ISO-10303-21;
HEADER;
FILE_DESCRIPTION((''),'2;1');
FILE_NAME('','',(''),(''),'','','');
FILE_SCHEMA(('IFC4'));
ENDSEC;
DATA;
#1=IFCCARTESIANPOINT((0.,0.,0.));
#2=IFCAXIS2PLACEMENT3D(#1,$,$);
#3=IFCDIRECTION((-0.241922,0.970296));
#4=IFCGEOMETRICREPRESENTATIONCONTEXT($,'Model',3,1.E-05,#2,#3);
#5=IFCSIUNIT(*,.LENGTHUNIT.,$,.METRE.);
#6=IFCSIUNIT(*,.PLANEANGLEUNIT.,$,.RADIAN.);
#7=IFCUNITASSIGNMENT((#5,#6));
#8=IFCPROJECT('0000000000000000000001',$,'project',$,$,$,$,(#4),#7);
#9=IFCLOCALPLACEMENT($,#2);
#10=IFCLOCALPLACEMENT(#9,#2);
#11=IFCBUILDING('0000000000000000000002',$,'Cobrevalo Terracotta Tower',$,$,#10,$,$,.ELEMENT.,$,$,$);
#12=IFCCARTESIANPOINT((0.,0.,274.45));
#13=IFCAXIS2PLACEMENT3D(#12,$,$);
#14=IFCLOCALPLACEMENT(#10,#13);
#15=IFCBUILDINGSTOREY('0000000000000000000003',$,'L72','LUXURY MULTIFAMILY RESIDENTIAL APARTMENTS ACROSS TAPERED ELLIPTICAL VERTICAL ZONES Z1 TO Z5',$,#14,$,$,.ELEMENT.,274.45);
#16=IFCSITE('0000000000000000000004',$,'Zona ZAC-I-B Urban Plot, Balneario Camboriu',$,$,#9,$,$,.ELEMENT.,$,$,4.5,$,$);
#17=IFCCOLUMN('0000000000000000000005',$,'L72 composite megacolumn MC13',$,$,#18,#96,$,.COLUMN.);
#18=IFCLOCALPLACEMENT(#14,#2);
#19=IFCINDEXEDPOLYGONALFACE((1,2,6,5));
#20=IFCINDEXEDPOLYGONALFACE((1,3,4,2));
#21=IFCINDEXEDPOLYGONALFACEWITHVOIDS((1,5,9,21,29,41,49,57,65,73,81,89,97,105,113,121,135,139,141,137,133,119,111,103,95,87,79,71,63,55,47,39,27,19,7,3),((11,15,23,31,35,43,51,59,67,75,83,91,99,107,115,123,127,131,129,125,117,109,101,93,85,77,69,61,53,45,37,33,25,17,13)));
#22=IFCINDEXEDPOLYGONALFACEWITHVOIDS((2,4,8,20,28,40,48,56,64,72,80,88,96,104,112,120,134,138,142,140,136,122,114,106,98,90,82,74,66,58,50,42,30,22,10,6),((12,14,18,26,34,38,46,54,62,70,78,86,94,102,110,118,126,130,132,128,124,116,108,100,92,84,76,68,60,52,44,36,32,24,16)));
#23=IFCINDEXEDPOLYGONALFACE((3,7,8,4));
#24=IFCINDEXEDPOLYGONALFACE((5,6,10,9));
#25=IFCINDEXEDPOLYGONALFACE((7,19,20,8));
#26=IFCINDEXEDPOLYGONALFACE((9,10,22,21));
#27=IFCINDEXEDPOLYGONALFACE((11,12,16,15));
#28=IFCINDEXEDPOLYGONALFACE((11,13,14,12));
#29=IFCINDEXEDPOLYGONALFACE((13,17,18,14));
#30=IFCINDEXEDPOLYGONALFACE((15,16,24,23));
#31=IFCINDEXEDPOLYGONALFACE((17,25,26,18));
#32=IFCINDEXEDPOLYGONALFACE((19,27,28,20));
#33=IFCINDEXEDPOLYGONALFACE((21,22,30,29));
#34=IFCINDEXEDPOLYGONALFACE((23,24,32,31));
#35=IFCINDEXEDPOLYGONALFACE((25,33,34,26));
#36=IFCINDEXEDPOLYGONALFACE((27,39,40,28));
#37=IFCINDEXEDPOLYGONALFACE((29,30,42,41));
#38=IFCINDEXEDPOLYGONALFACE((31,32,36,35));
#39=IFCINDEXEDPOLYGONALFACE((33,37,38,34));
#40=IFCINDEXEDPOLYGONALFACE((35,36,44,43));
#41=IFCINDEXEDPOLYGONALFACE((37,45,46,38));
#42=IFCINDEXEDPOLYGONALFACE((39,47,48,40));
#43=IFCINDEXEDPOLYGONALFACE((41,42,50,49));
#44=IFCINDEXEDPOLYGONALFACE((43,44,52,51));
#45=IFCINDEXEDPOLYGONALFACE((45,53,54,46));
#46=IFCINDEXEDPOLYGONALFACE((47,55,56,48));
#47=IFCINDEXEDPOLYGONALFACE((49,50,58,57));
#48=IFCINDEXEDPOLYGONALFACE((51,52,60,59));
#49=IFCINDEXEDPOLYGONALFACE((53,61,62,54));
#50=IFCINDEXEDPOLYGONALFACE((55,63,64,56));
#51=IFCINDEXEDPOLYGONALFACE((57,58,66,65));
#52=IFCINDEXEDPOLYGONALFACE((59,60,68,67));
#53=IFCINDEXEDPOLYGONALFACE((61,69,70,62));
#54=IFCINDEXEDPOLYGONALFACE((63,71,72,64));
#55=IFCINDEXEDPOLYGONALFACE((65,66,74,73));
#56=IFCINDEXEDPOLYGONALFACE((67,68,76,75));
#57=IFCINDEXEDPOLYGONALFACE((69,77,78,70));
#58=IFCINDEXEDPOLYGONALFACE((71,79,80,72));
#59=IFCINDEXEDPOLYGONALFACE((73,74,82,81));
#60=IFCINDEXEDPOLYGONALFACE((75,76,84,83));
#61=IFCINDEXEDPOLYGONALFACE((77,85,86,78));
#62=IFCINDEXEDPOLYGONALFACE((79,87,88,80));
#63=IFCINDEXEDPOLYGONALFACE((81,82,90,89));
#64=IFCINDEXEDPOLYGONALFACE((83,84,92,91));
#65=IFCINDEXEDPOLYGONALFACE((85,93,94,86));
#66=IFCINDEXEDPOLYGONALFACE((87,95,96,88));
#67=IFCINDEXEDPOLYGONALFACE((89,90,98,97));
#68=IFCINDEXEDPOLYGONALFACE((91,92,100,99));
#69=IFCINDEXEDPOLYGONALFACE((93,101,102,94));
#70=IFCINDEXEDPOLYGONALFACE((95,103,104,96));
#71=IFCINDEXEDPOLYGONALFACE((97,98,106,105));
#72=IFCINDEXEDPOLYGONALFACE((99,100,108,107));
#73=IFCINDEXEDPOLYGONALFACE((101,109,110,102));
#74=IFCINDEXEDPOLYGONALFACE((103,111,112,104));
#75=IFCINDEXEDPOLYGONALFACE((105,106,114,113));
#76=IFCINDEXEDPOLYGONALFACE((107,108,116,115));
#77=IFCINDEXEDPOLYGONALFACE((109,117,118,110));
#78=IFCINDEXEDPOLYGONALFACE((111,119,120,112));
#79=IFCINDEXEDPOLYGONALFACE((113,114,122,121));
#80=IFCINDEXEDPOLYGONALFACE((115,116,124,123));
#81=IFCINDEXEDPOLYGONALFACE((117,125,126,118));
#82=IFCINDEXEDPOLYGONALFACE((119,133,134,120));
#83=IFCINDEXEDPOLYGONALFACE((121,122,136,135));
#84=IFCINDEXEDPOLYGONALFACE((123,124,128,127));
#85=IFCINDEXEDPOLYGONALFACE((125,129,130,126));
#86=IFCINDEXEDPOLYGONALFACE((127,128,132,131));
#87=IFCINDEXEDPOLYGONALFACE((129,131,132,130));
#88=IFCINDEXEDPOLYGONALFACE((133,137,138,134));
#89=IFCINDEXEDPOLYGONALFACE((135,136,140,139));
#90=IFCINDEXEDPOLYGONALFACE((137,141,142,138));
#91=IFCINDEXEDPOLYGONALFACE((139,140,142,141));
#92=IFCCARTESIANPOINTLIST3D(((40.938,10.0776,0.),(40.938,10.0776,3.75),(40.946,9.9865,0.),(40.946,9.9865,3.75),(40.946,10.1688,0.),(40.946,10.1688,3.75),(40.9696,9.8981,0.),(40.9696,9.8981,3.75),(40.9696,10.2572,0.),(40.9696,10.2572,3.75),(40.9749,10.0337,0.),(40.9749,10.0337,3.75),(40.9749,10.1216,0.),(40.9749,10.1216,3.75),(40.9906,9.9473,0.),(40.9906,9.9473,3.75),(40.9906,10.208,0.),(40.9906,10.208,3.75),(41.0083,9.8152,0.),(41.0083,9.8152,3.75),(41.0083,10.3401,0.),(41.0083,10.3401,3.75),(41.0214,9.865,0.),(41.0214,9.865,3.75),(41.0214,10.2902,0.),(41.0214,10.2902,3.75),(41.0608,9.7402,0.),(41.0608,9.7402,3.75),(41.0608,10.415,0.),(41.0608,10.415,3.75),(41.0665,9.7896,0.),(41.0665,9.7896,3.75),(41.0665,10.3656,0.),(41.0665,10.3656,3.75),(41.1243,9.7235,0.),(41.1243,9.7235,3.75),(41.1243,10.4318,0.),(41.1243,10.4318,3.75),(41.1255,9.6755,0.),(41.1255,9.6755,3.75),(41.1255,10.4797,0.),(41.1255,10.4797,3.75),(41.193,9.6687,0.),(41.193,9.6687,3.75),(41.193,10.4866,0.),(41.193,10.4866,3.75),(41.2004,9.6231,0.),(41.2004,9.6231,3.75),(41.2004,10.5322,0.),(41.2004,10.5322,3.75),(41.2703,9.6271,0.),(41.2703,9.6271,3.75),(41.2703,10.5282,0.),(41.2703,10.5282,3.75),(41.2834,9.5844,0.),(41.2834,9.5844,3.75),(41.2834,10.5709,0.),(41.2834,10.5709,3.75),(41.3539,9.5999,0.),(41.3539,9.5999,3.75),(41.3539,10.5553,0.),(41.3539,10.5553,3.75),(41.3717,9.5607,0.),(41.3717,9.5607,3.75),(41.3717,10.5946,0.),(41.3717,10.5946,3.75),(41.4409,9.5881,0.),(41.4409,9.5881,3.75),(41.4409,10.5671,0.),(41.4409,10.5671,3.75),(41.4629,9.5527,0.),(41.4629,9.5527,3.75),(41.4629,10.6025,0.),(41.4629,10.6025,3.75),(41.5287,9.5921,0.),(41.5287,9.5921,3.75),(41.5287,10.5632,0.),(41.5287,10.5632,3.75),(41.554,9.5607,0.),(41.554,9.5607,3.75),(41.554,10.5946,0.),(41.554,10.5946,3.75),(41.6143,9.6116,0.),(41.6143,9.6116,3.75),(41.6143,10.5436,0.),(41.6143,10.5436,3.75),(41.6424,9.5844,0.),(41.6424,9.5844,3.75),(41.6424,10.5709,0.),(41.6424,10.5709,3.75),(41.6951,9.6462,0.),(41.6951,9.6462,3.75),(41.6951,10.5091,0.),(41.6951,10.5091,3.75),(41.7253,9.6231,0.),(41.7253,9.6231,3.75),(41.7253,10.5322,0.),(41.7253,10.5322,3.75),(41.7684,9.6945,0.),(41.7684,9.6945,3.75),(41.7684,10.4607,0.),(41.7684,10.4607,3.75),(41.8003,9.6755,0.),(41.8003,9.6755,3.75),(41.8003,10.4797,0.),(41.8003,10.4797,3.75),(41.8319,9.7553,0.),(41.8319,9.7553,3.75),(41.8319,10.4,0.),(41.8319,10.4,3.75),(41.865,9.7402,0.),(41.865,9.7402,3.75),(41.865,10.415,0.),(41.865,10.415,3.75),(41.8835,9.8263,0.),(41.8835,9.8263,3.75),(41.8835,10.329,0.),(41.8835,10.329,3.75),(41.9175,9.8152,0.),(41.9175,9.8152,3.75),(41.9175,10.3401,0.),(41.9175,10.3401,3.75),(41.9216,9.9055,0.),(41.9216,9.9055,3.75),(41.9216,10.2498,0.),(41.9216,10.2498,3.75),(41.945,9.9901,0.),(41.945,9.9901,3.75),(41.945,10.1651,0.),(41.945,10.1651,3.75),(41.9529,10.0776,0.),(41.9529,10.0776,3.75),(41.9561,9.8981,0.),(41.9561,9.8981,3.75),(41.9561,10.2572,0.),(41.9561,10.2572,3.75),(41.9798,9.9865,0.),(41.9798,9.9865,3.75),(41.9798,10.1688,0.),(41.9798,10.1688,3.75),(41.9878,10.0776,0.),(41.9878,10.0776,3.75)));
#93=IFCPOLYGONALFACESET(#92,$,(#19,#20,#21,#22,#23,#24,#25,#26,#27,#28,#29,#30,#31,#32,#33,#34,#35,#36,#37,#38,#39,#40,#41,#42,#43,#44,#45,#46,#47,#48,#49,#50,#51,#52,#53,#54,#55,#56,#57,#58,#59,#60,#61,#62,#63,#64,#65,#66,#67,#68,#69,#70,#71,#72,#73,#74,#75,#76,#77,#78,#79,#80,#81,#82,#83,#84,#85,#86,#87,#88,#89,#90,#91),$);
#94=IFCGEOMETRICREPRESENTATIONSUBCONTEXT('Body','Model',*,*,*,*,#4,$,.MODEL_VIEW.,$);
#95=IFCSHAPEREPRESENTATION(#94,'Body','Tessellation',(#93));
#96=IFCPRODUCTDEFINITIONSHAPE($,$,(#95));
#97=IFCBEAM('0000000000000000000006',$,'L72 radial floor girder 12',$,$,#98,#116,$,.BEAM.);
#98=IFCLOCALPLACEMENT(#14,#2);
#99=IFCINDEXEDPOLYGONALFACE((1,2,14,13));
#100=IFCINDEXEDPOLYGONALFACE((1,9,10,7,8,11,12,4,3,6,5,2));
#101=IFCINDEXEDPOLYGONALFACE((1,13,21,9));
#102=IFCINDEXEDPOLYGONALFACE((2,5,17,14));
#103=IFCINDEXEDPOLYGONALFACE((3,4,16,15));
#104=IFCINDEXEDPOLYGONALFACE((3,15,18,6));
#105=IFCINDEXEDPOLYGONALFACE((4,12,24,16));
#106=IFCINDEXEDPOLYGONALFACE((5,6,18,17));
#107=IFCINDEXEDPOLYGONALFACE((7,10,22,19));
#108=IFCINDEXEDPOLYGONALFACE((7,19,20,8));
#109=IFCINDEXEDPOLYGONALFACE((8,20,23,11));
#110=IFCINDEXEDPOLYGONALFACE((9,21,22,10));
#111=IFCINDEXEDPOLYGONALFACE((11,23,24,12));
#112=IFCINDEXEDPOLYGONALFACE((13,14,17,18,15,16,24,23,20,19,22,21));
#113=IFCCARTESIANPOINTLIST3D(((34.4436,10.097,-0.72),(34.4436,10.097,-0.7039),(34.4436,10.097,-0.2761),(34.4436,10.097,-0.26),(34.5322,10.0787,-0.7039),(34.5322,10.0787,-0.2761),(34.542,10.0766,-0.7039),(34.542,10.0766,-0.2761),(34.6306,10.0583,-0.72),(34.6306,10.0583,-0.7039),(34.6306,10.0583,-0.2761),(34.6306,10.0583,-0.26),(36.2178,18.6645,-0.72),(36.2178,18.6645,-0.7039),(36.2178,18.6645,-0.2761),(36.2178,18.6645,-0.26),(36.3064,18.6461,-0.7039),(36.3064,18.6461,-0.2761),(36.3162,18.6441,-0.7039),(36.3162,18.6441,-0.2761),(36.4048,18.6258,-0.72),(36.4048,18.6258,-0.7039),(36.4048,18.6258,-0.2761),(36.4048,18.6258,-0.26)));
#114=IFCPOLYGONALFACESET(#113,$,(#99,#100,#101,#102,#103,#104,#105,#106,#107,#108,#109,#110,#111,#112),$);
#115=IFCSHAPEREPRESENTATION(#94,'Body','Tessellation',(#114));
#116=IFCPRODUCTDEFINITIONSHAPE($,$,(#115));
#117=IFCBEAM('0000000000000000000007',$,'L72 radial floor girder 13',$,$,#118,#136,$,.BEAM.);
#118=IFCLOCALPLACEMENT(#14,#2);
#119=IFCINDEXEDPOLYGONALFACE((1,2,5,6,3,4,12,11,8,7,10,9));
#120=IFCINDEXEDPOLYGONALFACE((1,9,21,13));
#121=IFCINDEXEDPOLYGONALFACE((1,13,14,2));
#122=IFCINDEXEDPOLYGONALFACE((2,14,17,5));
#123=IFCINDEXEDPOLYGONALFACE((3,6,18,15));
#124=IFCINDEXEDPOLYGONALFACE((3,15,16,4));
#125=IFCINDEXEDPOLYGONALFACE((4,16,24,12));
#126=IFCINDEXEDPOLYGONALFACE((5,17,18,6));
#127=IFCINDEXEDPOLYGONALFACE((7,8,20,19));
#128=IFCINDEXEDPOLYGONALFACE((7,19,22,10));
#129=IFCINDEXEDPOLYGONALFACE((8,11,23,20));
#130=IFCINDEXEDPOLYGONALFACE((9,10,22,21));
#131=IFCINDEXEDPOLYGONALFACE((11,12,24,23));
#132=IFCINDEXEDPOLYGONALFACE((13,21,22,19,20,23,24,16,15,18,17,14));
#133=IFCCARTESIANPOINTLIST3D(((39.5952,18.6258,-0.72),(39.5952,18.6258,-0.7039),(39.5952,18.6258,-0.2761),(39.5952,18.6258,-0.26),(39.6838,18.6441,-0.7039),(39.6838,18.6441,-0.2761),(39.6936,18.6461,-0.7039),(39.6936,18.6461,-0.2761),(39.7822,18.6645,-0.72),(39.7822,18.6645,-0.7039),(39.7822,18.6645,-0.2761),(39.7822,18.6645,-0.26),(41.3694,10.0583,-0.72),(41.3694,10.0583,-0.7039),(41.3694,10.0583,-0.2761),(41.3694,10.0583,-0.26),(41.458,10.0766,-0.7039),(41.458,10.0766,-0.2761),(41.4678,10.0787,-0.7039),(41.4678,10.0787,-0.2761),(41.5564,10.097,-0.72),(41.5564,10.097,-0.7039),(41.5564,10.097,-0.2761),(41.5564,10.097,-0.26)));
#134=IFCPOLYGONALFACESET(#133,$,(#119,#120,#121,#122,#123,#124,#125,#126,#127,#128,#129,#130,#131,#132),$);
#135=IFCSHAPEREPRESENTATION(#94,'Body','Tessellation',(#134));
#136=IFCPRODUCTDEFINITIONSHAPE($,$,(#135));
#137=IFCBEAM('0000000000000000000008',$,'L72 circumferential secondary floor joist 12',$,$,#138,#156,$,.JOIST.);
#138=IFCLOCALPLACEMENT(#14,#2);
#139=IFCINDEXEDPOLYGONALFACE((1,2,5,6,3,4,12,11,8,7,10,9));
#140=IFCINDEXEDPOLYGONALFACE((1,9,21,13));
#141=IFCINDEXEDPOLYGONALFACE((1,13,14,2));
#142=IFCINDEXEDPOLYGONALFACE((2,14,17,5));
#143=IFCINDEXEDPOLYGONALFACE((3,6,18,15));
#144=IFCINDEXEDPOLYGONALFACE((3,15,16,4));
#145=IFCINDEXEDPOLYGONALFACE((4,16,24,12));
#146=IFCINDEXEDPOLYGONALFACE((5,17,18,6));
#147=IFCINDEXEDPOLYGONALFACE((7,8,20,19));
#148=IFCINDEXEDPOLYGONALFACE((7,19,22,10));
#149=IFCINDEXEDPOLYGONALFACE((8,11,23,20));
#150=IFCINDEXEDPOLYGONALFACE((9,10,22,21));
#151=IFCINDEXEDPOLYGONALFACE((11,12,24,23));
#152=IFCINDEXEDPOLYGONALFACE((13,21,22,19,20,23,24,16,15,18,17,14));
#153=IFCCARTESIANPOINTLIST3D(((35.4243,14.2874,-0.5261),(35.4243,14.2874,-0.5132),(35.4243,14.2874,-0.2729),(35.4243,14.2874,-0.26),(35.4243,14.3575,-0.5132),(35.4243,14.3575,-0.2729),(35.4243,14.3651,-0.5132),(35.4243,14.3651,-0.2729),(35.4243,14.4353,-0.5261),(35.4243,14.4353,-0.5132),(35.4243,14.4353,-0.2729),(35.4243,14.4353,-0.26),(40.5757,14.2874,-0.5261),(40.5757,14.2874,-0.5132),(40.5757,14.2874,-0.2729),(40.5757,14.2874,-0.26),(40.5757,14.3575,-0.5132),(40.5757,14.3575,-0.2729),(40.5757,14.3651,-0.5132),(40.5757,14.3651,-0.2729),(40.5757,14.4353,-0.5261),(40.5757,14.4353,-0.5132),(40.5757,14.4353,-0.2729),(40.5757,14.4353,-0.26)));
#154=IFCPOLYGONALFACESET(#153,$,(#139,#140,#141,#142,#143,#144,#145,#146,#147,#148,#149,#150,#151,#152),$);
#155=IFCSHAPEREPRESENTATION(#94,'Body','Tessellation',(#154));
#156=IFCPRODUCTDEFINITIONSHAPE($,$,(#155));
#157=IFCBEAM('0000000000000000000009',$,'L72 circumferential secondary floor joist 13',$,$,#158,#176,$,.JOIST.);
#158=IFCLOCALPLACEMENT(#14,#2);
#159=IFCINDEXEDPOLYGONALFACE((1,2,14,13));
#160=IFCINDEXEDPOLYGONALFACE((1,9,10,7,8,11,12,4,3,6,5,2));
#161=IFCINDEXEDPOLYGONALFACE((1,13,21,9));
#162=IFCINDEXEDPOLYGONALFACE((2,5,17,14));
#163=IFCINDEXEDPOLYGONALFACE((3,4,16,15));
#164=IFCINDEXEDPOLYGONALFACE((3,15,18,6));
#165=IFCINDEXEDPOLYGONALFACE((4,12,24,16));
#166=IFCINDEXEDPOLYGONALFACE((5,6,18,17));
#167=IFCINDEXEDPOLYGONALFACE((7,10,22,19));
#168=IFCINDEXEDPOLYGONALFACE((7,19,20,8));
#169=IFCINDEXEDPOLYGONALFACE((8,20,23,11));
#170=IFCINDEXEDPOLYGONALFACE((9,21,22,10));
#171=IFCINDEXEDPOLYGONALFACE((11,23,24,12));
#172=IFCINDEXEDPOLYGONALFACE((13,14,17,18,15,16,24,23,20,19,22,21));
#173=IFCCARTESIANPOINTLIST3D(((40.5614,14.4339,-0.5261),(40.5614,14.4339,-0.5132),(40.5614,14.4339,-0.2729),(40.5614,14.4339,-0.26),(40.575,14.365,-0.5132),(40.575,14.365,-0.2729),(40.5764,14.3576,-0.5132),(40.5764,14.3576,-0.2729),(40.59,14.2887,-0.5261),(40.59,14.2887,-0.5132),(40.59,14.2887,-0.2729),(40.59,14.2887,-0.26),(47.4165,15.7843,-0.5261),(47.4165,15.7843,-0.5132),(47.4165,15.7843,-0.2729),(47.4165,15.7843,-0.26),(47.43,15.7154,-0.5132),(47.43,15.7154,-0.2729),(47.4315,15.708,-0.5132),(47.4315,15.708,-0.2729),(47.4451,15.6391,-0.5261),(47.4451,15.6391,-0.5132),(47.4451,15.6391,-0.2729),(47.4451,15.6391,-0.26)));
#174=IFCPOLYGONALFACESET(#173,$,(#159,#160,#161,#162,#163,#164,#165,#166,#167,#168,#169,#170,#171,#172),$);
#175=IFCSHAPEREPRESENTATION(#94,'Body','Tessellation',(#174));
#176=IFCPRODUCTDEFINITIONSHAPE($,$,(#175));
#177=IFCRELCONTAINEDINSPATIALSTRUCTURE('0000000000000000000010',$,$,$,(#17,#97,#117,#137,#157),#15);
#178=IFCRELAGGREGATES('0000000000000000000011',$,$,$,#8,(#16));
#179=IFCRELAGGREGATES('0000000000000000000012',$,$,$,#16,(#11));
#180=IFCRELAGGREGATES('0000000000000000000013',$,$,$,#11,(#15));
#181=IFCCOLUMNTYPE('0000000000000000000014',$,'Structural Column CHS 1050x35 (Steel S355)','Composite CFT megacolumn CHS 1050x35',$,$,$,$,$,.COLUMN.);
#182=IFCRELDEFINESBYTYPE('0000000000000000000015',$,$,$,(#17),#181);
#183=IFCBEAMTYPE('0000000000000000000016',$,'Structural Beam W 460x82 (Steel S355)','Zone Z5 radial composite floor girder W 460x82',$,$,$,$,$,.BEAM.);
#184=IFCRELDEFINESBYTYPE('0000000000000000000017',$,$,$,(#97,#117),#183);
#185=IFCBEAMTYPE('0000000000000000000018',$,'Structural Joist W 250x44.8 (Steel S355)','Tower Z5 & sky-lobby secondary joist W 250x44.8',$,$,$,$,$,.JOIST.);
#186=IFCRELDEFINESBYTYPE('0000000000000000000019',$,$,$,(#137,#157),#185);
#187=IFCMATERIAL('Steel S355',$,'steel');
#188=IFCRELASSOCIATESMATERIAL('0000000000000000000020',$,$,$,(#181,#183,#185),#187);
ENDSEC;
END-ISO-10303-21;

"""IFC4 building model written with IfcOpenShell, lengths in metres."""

from ifc_helpers import new_model, si_unit, direction, frame, origin, origin_2d, place, context, subcontext, project, spatial, hollow_circle, i_section, extrude, material, material_profile, profile_set, type_object, element, save


model = new_model("IFC4")

# Units and contexts
model_context = context("Model", 3, precision=1e-05, world=origin(), true_north=direction((-0.241922, 0.970296)))
body_context = subcontext(model_context, "Body", "Model", "MODEL_VIEW")
ifc_project = project(units=[si_unit("LENGTHUNIT", "METRE"), si_unit("PLANEANGLEUNIT", "RADIAN")], contexts=[model_context])

# Site, building, storey
site_placement = place(None, origin())
site = spatial("IfcSite", under=ifc_project, at=site_placement, Name="Zona ZAC-I-B Urban Plot, Balneario Camboriu", CompositionType="ELEMENT", RefElevation=4.5)
building_placement = place(site_placement, origin())
building = spatial("IfcBuilding", under=site, at=building_placement, Name="Cobrevalo Terracotta Tower", CompositionType="ELEMENT")
storey_placement = place(building_placement, frame((0.0, 0.0, 274.45)))
storey = spatial("IfcBuildingStorey", under=building, at=storey_placement, Name="L72", Description="LUXURY MULTIFAMILY RESIDENTIAL APARTMENTS ACROSS TAPERED ELLIPTICAL VERTICAL ZONES Z1 TO Z5", CompositionType="ELEMENT", Elevation=274.45)

# Column
ifc_material_1 = material(Name="Steel S355", Category="steel")
ifc_material_profile_1 = material_profile(ifc_material_1, hollow_circle(Radius=0.5249, WallThickness=0.0349, at=origin_2d()), Name="CHS 1050x35")
ifc_profile_set_1 = profile_set([ifc_material_profile_1], Name="Steel S355")
column_type = type_object("IfcColumnType", Name="Structural Column CHS 1050x35 (Steel S355)", Description="Composite CFT megacolumn CHS 1050x35", PredefinedType="COLUMN", material=ifc_profile_set_1)
column_placement = place(storey_placement, frame((41.4629, 10.0776, 0.0), z_axis=(0.0, 0.0, 1.0), x_axis=(1.0, 0.0, 0.0)))
element("IfcColumn", 1, at=column_placement, inside=storey, type_object=column_type, Name="L72 composite megacolumn MC13", PredefinedType="COLUMN", context=body_context, shape_type="SweptSolid", body=[
    extrude(hollow_circle(Radius=0.5249, WallThickness=0.0349, at=origin_2d()), origin(), (0.0, 0.0, 1.0), 3.75),
])

# Beams
ifc_material_profile_2 = material_profile(ifc_material_1, i_section(OverallWidth=0.1909, OverallDepth=0.46, WebThickness=0.01, FlangeThickness=0.0161, at=origin_2d()), Name="W 460x82")
ifc_profile_set_2 = profile_set([ifc_material_profile_2], Name="Steel S355")
beam_type_1 = type_object("IfcBeamType", Name="Structural Beam W 460x82 (Steel S355)", Description="Zone Z5 radial composite floor girder W 460x82", PredefinedType="BEAM", material=ifc_profile_set_2)
for number, where, z_axis, x_axis, name in (
    (2, (34.5371, 10.0776, -0.49), (0.202782, 0.979224, 0.0), (-0.979224, 0.202782, 0.0), "L72 radial floor girder 12"),
    (3, (41.4629, 10.0776, -0.49), (-0.202782, 0.979224, 0.0), (-0.979224, -0.202782, 0.0), "L72 radial floor girder 13"),
):
    element("IfcBeam", number, at=place(storey_placement, frame(where, z_axis=z_axis, x_axis=x_axis)), inside=storey, type_object=beam_type_1, Name=name, PredefinedType="BEAM", context=body_context, shape_type="SweptSolid", body=[
        extrude(i_section(OverallWidth=0.1909, OverallDepth=0.46, WebThickness=0.01, FlangeThickness=0.0161, at=origin_2d()), origin(), (0.0, 0.0, 1.0), 8.7493),
    ])
ifc_material_profile_3 = material_profile(ifc_material_1, i_section(OverallWidth=0.1479, OverallDepth=0.2661, WebThickness=0.0076, FlangeThickness=0.0129, at=origin_2d()), Name="W 250x44.8")
ifc_profile_set_3 = profile_set([ifc_material_profile_3], Name="Steel S355")
beam_type_2 = type_object("IfcBeamType", Name="Structural Joist W 250x44.8 (Steel S355)", Description="Tower Z5 & sky-lobby secondary joist W 250x44.8", PredefinedType="JOIST", material=ifc_profile_set_3)
beam_1_placement = place(storey_placement, frame((35.4243, 14.3613, -0.3931), z_axis=(1.0, 0.0, 0.0), x_axis=(0.0, 1.0, 0.0)))
element("IfcBeam", 4, at=beam_1_placement, inside=storey, type_object=beam_type_2, Name="L72 circumferential secondary floor joist 12", PredefinedType="JOIST", context=body_context, shape_type="SweptSolid", body=[
    extrude(i_section(OverallWidth=0.1479, OverallDepth=0.2661, WebThickness=0.0076, FlangeThickness=0.0129, at=origin_2d()), origin(), (0.0, 0.0, 1.0), 5.1514),
])
beam_2_placement = place(storey_placement, frame((40.5757, 14.3613, -0.3931), z_axis=(0.981145, 0.193273, 0.0), x_axis=(-0.193273, 0.981145, 0.0)))
element("IfcBeam", 5, at=beam_2_placement, inside=storey, type_object=beam_type_2, Name="L72 circumferential secondary floor joist 13", PredefinedType="JOIST", context=body_context, shape_type="SweptSolid", body=[
    extrude(i_section(OverallWidth=0.1479, OverallDepth=0.2661, WebThickness=0.0076, FlangeThickness=0.0129, at=origin_2d()), origin(), (0.0, 0.0, 1.0), 6.9868),
])

save(model, "model.ifc")
